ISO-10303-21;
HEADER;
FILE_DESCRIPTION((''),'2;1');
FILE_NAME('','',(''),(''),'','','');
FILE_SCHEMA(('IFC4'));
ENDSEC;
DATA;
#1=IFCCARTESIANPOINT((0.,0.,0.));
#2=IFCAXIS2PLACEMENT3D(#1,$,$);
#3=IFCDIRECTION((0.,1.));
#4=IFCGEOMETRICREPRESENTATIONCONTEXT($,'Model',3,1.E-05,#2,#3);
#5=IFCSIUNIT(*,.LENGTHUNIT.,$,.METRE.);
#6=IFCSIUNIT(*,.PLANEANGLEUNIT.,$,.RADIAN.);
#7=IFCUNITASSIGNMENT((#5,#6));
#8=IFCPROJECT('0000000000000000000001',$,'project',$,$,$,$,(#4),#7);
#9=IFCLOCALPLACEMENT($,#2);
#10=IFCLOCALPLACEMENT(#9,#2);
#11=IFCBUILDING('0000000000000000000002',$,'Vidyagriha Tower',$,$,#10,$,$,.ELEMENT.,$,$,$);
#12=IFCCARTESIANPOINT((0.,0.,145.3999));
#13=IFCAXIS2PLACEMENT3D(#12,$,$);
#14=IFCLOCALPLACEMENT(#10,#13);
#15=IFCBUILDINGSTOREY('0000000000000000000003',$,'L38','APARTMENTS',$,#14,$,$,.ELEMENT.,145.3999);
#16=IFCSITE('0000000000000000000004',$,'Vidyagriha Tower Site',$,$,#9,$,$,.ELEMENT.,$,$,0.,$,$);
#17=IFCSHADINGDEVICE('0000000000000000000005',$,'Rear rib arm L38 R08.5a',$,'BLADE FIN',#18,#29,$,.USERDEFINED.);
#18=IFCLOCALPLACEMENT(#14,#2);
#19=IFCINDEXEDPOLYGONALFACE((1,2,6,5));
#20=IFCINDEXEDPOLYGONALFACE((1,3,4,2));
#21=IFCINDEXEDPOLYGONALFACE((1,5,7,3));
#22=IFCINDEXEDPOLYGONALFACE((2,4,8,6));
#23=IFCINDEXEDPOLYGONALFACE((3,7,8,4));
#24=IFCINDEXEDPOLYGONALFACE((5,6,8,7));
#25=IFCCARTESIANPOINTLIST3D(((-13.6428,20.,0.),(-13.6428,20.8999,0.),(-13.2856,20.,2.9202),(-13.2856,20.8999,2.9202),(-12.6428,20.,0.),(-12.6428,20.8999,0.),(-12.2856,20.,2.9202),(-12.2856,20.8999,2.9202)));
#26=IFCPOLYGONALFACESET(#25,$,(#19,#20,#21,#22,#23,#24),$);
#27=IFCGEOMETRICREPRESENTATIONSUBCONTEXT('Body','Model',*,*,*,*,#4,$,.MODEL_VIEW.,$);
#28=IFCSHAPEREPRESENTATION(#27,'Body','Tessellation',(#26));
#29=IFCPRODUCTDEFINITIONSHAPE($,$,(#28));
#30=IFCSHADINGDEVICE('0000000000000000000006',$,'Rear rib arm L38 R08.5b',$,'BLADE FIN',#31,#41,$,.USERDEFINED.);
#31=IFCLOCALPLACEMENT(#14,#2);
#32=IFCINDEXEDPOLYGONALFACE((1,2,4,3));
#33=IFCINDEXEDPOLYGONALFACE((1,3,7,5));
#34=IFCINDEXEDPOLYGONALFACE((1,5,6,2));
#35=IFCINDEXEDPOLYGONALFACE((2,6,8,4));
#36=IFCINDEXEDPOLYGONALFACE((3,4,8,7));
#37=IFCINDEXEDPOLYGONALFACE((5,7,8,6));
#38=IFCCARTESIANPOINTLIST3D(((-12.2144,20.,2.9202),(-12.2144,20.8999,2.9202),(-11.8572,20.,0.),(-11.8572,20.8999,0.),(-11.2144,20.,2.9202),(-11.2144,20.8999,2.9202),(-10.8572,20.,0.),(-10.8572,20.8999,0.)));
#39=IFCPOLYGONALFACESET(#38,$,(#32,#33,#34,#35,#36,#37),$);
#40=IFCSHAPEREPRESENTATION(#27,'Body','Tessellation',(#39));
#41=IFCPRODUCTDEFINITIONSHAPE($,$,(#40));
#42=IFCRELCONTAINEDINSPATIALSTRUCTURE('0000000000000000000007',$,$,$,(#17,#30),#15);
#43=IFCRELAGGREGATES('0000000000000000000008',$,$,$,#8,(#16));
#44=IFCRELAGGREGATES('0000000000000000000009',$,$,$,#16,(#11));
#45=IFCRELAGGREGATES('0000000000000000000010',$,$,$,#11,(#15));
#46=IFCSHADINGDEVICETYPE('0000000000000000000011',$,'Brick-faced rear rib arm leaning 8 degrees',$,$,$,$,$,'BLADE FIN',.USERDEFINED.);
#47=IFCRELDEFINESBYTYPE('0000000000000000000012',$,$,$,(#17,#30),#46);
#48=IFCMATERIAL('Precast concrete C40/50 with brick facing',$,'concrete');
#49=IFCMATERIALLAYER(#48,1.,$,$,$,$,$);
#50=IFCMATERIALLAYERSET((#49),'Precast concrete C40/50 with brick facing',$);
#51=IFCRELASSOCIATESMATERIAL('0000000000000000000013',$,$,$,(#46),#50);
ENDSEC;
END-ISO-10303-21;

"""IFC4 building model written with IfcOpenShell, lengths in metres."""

from ifc_helpers import new_model, si_unit, direction, frame, origin, place, context, subcontext, project, spatial, polyline, outline, extrude, material, layer, layer_set, type_object, element, save


model = new_model("IFC4")

# Units and contexts
model_context = context("Model", 3, precision=1e-05, world=origin(), true_north=direction((0.0, 1.0)))
body_context = subcontext(model_context, "Body", "Model", "MODEL_VIEW")
ifc_project = project(units=[si_unit("LENGTHUNIT", "METRE"), si_unit("PLANEANGLEUNIT", "RADIAN")], contexts=[model_context])

# Site, building, storey
site_placement = place(None, origin())
site = spatial("IfcSite", under=ifc_project, at=site_placement, Name="Vidyagriha Tower Site", CompositionType="ELEMENT", RefElevation=0.0)
building_placement = place(site_placement, origin())
building = spatial("IfcBuilding", under=site, at=building_placement, Name="Vidyagriha Tower", CompositionType="ELEMENT")
storey_placement = place(building_placement, frame((0.0, 0.0, 145.3999)))
storey = spatial("IfcBuildingStorey", under=building, at=storey_placement, Name="L38", Description="APARTMENTS", CompositionType="ELEMENT", Elevation=145.3999)

# Shading devices
ifc_material_1 = material(Name="Precast concrete C40/50 with brick facing", Category="concrete")
ifc_layer_1 = layer(ifc_material_1, 1.0)
ifc_layer_set_1 = layer_set([ifc_layer_1], Name="Precast concrete C40/50 with brick facing")
shading_device_type = type_object("IfcShadingDeviceType", Name="Brick-faced rear rib arm leaning 8 degrees", ElementType="BLADE FIN", PredefinedType="USERDEFINED", material=ifc_layer_set_1)
shading_device_1_placement = place(storey_placement, frame((-12.2856, 20.45, 0.0), z_axis=(0.0, 0.0, 1.0), x_axis=(-1.0, 0.0, 0.0)))
element("IfcShadingDevice", 1, at=shading_device_1_placement, inside=storey, type_object=shading_device_type, Name="Rear rib arm L38 R08.5a", ObjectType="BLADE FIN", PredefinedType="USERDEFINED", context=body_context, shape_type="SweptSolid", body=[
    extrude(outline(polyline([(0.3572, 0.0), (1.3572, 0.0), (1.0, 2.9202), (0.0, 2.9202), (0.3572, 0.0)])), frame((0.0, 0.45, 0.0), z_axis=(0.0, -1.0, 0.0), x_axis=(1.0, 0.0, 0.0)), (0.0, 0.0, 1.0), 0.8999),
])
shading_device_2_placement = place(storey_placement, frame((-10.8572, 20.45, 0.0), z_axis=(0.0, 0.0, 1.0), x_axis=(-1.0, 0.0, 0.0)))
element("IfcShadingDevice", 2, at=shading_device_2_placement, inside=storey, type_object=shading_device_type, Name="Rear rib arm L38 R08.5b", ObjectType="BLADE FIN", PredefinedType="USERDEFINED", context=body_context, shape_type="SweptSolid", body=[
    extrude(outline(polyline([(0.0, 0.0), (1.0, 0.0), (1.3572, 2.9202), (0.3572, 2.9202), (0.0, 0.0)])), frame((0.0, 0.45, 0.0), z_axis=(0.0, -1.0, 0.0), x_axis=(1.0, 0.0, 0.0)), (0.0, 0.0, 1.0), 0.8999),
])

save(model, "model.ifc")
